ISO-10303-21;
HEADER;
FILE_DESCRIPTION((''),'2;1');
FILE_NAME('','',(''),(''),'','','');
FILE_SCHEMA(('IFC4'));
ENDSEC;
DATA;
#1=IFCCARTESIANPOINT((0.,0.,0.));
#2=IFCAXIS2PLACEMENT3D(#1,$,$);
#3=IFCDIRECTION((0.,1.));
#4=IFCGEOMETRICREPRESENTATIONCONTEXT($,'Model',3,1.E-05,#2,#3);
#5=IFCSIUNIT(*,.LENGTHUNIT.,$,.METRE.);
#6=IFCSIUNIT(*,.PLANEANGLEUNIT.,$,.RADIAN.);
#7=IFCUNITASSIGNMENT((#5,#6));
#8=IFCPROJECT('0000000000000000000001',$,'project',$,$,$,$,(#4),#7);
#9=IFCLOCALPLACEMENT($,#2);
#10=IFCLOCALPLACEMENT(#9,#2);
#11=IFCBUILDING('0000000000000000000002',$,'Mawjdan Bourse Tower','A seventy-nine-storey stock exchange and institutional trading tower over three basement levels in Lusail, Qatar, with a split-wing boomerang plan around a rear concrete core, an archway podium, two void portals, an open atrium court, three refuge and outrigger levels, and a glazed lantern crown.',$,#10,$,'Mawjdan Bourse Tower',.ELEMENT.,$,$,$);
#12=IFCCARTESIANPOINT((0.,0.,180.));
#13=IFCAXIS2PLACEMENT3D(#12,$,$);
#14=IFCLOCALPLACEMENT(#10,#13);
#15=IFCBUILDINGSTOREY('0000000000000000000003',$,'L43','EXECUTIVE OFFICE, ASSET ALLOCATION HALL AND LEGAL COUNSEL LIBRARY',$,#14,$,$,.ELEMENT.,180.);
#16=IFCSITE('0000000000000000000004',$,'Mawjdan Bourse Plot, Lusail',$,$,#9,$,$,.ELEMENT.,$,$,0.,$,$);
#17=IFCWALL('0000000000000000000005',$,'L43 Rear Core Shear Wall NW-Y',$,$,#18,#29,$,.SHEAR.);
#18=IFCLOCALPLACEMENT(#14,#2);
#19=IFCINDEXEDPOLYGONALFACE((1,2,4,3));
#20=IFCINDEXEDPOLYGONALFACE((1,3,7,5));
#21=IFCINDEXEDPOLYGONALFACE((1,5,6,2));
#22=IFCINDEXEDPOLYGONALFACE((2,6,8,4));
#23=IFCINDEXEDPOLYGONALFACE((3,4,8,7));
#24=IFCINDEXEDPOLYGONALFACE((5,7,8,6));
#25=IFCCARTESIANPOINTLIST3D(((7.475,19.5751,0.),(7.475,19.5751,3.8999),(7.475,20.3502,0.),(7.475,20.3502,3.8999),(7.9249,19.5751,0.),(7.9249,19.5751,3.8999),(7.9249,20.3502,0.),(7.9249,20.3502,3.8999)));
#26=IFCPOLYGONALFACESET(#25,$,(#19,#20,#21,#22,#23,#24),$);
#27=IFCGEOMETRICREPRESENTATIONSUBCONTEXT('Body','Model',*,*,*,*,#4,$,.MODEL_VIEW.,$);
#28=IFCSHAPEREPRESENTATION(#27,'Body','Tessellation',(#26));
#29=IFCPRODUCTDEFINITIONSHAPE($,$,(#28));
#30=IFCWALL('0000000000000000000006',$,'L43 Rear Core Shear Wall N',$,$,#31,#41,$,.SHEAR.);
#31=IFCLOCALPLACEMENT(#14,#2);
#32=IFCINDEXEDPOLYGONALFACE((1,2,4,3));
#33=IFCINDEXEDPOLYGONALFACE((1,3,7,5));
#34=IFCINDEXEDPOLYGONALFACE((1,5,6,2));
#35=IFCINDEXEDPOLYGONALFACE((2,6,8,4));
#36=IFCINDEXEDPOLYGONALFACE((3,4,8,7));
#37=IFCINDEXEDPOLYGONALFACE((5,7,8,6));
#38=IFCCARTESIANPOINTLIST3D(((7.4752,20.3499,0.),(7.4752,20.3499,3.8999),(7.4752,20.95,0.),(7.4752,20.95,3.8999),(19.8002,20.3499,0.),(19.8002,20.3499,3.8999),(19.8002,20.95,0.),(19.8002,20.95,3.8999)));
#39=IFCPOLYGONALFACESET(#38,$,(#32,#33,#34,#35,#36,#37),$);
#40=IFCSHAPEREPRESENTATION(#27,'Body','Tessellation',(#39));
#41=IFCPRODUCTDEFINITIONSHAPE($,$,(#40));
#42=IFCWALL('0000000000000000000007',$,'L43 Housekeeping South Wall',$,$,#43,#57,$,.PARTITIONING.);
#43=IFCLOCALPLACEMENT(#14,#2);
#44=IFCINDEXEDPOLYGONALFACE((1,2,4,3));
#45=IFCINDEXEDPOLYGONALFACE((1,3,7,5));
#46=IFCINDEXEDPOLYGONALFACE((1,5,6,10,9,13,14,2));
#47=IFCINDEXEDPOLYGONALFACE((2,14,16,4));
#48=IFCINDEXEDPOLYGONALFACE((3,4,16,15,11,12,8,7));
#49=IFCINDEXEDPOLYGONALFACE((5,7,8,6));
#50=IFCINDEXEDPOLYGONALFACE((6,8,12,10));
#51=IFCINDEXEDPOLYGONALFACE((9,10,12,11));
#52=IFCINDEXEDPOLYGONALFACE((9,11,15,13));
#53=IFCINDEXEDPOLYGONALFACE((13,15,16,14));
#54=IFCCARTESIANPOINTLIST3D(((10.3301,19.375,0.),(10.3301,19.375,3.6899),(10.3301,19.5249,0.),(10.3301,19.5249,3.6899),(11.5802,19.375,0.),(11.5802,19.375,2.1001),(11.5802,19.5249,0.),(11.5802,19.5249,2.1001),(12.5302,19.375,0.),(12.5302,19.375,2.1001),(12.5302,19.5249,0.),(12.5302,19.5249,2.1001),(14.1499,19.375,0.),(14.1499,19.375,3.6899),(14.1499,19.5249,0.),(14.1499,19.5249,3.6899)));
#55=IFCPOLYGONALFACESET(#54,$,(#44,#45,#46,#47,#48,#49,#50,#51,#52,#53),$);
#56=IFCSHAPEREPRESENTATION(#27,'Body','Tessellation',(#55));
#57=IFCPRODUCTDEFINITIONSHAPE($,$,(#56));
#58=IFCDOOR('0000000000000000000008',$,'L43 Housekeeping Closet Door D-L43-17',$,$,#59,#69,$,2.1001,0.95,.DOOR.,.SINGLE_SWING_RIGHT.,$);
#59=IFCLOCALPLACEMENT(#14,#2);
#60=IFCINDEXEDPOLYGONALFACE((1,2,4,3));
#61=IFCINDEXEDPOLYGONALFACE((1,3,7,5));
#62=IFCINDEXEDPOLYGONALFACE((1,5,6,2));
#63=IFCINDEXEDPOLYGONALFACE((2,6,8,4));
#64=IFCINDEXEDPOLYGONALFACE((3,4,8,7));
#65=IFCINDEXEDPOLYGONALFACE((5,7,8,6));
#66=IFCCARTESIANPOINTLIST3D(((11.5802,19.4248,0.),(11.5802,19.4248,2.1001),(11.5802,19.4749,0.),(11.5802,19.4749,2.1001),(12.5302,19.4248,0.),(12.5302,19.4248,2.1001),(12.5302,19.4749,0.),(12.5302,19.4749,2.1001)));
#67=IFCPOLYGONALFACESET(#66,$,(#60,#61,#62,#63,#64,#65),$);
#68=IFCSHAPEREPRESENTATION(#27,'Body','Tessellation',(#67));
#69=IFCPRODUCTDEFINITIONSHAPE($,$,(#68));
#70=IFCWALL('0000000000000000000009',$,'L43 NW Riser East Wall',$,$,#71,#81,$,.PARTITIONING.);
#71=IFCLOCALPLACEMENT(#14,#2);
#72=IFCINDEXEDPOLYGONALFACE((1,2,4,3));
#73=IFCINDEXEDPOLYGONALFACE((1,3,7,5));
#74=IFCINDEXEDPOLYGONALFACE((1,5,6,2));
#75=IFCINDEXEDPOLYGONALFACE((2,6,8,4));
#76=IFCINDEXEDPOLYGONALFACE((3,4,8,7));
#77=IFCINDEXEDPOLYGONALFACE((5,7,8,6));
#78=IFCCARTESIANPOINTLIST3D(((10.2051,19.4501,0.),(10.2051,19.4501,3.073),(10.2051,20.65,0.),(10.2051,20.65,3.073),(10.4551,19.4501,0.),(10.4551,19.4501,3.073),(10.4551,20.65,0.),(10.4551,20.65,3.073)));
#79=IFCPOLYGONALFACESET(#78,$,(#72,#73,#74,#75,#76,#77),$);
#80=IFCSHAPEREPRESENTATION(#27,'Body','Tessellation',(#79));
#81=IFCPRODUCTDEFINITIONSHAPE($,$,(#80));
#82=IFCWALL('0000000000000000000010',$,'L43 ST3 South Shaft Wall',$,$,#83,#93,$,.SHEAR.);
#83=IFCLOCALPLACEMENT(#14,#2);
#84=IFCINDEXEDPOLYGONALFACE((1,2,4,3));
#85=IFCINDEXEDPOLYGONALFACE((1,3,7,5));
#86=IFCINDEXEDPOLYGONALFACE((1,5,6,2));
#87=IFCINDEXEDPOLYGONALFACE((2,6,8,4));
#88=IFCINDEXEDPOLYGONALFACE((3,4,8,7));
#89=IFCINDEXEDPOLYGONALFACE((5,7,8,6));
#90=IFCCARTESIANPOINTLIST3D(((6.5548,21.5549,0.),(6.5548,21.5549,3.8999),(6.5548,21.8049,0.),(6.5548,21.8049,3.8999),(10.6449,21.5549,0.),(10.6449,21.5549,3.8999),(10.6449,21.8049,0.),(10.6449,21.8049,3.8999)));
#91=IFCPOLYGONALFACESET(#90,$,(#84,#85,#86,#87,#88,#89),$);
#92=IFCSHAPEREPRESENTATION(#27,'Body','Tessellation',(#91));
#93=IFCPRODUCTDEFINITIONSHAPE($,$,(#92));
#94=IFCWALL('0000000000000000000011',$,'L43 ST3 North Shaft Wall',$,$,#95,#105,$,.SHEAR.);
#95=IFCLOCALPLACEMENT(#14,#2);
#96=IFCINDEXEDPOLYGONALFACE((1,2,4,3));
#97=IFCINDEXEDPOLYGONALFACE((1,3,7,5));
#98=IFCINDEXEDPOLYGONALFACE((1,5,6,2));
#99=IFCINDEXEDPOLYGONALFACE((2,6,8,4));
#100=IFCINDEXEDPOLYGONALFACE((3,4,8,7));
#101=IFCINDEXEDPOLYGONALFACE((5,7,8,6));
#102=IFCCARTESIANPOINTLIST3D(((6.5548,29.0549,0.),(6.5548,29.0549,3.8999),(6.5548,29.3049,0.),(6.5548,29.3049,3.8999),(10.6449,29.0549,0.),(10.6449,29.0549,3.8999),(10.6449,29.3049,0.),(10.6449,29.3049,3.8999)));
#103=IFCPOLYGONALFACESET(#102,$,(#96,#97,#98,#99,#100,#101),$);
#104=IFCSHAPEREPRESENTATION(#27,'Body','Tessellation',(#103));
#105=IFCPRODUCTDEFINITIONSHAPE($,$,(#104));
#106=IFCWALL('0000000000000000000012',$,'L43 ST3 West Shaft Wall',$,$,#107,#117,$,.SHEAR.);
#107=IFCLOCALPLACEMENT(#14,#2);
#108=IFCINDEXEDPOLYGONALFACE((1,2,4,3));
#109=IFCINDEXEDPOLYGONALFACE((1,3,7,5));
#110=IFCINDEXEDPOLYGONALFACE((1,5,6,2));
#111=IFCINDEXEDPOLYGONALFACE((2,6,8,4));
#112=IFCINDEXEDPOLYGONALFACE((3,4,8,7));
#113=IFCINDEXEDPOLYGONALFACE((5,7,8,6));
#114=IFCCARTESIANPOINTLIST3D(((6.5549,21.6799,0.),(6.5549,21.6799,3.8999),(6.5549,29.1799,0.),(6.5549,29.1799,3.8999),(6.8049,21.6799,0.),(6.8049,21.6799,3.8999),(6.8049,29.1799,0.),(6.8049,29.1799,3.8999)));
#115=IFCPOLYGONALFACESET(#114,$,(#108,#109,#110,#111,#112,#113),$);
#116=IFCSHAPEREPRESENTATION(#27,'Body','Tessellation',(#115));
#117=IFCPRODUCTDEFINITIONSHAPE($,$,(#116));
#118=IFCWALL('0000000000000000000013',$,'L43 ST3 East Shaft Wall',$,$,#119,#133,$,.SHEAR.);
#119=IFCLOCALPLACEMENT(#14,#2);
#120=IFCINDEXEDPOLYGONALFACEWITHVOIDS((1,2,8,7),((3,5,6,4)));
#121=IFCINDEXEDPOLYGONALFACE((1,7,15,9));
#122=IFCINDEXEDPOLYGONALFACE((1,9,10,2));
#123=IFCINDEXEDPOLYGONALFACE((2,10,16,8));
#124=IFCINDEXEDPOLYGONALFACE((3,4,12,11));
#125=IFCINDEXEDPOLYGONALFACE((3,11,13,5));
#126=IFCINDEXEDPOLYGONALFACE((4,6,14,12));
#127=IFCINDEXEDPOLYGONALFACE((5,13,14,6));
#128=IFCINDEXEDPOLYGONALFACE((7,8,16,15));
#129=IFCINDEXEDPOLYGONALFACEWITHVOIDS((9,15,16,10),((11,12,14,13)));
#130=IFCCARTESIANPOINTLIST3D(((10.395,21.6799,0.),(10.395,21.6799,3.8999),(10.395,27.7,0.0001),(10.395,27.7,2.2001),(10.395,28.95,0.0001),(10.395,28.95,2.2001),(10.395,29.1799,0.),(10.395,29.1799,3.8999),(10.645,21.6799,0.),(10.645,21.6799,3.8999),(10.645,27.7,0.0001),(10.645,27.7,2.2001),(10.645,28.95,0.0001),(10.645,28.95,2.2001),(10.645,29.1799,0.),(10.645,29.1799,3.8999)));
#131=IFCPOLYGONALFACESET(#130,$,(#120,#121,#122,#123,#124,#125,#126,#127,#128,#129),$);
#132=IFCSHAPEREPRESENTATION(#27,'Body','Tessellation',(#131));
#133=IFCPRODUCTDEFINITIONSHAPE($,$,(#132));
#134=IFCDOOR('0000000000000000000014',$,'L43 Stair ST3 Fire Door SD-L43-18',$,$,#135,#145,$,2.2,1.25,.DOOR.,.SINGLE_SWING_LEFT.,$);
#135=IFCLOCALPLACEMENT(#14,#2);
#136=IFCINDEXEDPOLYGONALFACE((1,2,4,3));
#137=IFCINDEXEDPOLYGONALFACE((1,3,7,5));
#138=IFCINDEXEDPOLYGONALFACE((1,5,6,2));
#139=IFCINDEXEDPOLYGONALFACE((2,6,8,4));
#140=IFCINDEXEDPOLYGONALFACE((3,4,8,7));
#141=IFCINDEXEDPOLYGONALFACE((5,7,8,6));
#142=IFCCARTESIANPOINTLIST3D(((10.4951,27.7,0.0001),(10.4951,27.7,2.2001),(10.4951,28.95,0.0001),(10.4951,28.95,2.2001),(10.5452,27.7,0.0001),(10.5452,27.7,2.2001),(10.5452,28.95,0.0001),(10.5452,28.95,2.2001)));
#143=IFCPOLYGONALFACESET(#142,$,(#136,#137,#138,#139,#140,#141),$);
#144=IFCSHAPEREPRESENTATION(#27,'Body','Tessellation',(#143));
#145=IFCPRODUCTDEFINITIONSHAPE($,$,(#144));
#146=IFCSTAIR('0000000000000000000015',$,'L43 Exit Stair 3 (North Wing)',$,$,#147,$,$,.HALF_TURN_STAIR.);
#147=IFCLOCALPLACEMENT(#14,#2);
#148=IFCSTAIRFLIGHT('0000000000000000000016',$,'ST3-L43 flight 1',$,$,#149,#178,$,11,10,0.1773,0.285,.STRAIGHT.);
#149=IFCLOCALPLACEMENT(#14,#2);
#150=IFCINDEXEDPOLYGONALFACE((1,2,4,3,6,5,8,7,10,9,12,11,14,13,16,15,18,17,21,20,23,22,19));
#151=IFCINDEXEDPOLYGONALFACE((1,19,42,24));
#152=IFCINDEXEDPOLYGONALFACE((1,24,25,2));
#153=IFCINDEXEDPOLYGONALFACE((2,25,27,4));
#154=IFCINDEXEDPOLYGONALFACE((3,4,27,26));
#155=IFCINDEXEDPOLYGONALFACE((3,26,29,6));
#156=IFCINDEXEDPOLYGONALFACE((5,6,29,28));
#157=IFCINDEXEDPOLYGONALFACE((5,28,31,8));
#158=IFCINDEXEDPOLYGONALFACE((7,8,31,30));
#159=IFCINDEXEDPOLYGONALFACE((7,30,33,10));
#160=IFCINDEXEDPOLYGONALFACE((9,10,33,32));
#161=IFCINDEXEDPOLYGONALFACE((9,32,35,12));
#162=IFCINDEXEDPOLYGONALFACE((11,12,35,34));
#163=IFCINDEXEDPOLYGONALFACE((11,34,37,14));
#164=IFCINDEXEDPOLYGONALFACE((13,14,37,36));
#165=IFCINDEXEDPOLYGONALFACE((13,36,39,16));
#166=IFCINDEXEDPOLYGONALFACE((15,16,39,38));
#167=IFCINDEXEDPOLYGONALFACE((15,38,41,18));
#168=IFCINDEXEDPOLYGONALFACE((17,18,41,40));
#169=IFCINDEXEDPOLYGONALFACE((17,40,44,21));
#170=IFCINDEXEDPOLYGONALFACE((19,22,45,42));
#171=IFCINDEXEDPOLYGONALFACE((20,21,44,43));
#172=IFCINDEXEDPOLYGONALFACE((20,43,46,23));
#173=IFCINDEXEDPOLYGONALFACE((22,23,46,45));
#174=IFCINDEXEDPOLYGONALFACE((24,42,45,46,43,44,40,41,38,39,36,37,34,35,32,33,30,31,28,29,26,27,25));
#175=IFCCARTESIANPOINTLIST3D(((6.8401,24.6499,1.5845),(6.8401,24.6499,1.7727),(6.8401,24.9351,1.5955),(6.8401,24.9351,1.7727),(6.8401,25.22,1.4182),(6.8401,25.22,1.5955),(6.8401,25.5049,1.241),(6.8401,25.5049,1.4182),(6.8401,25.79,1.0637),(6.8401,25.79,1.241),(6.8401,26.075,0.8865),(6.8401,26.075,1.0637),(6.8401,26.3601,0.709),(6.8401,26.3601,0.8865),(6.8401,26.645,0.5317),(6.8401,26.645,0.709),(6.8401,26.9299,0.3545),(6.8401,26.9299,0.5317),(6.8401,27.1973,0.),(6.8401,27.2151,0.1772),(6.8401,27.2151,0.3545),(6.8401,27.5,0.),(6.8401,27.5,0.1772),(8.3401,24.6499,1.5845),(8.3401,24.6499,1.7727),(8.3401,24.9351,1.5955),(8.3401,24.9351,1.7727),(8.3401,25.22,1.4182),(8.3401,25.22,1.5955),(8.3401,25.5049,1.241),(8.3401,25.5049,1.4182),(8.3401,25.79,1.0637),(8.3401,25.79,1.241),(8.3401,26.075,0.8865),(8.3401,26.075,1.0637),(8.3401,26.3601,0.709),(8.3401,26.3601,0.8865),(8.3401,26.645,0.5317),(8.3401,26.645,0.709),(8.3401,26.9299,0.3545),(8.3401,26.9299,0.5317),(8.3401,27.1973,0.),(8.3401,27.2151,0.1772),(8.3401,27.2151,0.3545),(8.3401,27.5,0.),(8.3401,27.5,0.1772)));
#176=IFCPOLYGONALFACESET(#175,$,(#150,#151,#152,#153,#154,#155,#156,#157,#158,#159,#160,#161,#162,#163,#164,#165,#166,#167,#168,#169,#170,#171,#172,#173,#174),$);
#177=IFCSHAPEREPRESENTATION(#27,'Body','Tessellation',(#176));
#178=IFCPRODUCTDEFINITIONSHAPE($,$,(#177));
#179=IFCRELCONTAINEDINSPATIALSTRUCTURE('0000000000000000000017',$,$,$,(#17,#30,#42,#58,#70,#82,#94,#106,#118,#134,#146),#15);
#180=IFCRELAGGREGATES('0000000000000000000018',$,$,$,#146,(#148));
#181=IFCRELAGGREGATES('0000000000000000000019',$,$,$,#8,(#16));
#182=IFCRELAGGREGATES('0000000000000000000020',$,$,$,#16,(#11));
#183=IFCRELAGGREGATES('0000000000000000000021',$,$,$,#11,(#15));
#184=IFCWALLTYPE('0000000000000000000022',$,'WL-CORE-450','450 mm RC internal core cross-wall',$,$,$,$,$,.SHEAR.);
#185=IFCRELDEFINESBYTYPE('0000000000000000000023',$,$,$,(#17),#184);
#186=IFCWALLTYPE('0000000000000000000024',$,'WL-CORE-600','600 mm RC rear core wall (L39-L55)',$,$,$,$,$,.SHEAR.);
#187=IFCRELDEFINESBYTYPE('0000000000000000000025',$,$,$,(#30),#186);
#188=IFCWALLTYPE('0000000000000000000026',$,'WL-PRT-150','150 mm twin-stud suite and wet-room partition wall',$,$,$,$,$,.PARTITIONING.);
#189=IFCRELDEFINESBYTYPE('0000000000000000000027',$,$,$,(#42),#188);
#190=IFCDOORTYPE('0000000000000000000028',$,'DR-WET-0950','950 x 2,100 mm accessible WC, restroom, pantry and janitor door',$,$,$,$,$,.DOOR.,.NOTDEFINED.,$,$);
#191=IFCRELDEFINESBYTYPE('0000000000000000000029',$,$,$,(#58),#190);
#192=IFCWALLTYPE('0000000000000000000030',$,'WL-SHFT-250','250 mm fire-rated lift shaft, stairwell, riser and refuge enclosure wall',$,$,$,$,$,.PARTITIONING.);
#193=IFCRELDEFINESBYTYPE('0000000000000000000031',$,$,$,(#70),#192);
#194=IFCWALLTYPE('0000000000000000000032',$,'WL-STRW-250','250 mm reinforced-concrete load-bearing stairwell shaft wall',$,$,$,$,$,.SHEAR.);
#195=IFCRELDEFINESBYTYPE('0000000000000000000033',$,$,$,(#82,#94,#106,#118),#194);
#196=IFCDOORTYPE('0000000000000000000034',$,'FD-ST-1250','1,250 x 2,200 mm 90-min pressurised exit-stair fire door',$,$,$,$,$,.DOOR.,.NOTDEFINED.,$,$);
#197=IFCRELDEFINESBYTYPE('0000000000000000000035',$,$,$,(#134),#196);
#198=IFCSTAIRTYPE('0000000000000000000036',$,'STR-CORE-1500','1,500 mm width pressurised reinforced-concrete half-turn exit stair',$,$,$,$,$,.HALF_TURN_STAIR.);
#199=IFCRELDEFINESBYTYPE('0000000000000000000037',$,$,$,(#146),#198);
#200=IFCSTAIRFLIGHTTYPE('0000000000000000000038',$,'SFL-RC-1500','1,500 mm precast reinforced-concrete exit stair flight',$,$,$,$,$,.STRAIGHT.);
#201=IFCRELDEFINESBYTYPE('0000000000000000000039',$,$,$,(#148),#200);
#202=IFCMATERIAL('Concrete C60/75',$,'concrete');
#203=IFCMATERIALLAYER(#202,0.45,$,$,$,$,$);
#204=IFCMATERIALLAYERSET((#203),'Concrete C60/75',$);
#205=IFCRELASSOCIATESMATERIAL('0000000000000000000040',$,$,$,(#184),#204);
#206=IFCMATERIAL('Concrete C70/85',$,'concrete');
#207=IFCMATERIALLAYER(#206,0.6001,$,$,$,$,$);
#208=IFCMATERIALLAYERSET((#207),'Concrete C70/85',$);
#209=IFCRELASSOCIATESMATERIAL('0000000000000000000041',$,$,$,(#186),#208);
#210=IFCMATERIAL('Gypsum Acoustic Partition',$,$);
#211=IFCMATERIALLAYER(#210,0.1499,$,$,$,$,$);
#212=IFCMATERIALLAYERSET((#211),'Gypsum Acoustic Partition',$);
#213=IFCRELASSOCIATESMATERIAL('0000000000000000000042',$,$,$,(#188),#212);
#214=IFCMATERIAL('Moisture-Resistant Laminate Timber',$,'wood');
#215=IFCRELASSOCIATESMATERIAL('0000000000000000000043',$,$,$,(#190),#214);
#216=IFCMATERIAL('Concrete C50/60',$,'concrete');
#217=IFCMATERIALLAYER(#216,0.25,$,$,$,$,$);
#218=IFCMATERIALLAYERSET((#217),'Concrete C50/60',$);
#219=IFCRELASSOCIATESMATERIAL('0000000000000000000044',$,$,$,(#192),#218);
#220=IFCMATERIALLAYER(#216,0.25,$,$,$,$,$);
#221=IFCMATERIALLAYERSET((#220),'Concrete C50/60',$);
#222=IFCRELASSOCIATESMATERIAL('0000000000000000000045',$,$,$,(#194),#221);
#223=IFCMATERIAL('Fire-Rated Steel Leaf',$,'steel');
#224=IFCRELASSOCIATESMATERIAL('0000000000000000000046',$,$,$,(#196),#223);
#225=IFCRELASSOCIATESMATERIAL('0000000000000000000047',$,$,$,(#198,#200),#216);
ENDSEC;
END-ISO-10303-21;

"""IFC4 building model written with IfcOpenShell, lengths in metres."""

from ifc_helpers import new_model, si_unit, direction, frame, frame_2d, origin, place, context, subcontext, project, spatial, polyline, rectangle, outline, extrude, material, layer, layer_set, type_object, element, fill, aggregate, save


model = new_model("IFC4")

# Units and contexts
model_context = context("Model", 3, precision=1e-05, world=origin(), true_north=direction((0.0, 1.0)))
body_context = subcontext(model_context, "Body", "Model", "MODEL_VIEW")
ifc_project = project(units=[si_unit("LENGTHUNIT", "METRE"), si_unit("PLANEANGLEUNIT", "RADIAN")], contexts=[model_context])

# Site, building, storey
site_placement = place(None, origin())
site = spatial("IfcSite", under=ifc_project, at=site_placement, Name="Mawjdan Bourse Plot, Lusail", CompositionType="ELEMENT", RefElevation=0.0)
building_placement = place(site_placement, origin())
building = spatial("IfcBuilding", under=site, at=building_placement, Name="Mawjdan Bourse Tower", Description="A seventy-nine-storey stock exchange and institutional trading tower over three basement levels in Lusail, Qatar, with a split-wing boomerang plan around a rear concrete core, an archway podium, two void portals, an open atrium court, three refuge and outrigger levels, and a glazed lantern crown.", LongName="Mawjdan Bourse Tower", CompositionType="ELEMENT")
storey_placement = place(building_placement, frame((0.0, 0.0, 180.0)))
storey = spatial("IfcBuildingStorey", under=building, at=storey_placement, Name="L43", Description="EXECUTIVE OFFICE, ASSET ALLOCATION HALL AND LEGAL COUNSEL LIBRARY", CompositionType="ELEMENT", Elevation=180.0)

# Shared definitions
ifc_material_1 = material(Name="Concrete C70/85", Category="concrete")

# Walls
ifc_material_2 = material(Name="Concrete C60/75", Category="concrete")
ifc_layer_1 = layer(ifc_material_2, 0.45)
ifc_layer_set_1 = layer_set([ifc_layer_1], Name="Concrete C60/75")
wall_type_1 = type_object("IfcWallType", Name="WL-CORE-450", Description="450 mm RC internal core cross-wall", PredefinedType="SHEAR", material=ifc_layer_set_1)
wall_1_placement = place(storey_placement, frame((7.7, 19.575, 0.0), z_axis=(0.0, 0.0, 1.0), x_axis=(0.0, 1.0, 0.0)))
element("IfcWall", 1, at=wall_1_placement, inside=storey, type_object=wall_type_1, Name="L43 Rear Core Shear Wall NW-Y", PredefinedType="SHEAR", context=body_context, shape_type="SweptSolid", body=[
    extrude(rectangle(XDim=0.7751, YDim=0.45, at=frame_2d((0.3877, 0.0))), origin(), (0.0, 0.0, 1.0), 3.8999),
])
ifc_layer_2 = layer(ifc_material_1, 0.6001)
ifc_layer_set_2 = layer_set([ifc_layer_2], Name="Concrete C70/85")
wall_type_2 = type_object("IfcWallType", Name="WL-CORE-600", Description="600 mm RC rear core wall (L39-L55)", PredefinedType="SHEAR", material=ifc_layer_set_2)
wall_2_placement = place(storey_placement, frame((7.4751, 20.6499, 0.0), z_axis=(0.0, 0.0, 1.0), x_axis=(1.0, 0.0, 0.0)))
element("IfcWall", 2, at=wall_2_placement, inside=storey, type_object=wall_type_2, Name="L43 Rear Core Shear Wall N", PredefinedType="SHEAR", context=body_context, shape_type="SweptSolid", body=[
    extrude(rectangle(XDim=12.325, YDim=0.6001, at=frame_2d((6.1626, 0.0))), origin(), (0.0, 0.0, 1.0), 3.8999),
])

# Wall, opening, door
ifc_material_3 = material(Name="Gypsum Acoustic Partition")
ifc_layer_3 = layer(ifc_material_3, 0.1499)
ifc_layer_set_3 = layer_set([ifc_layer_3], Name="Gypsum Acoustic Partition")
wall_type_3 = type_object("IfcWallType", Name="WL-PRT-150", Description="150 mm twin-stud suite and wet-room partition wall", PredefinedType="PARTITIONING", material=ifc_layer_set_3)
wall_3_placement = place(storey_placement, frame((10.3301, 19.45, 0.0), z_axis=(0.0, 0.0, 1.0), x_axis=(1.0, 0.0, 0.0)))
wall_3 = element("IfcWall", 3, at=wall_3_placement, inside=storey, type_object=wall_type_3, Name="L43 Housekeeping South Wall", PredefinedType="PARTITIONING", context=body_context, shape_type="SweptSolid", body=[
    extrude(rectangle(XDim=3.8198, YDim=0.1499, at=frame_2d((1.9099, 0.0))), origin(), (0.0, 0.0, 1.0), 3.6899),
])
opening_1_placement = place(wall_3_placement, frame((1.25, 0.0, 0.0)))
opening_1 = element("IfcOpeningElement", 4, at=opening_1_placement, cuts=wall_3, PredefinedType="OPENING", context=body_context, shape_type="SweptSolid", body=[
    extrude(rectangle(XDim=0.95, YDim=2.1001, at=frame_2d((0.4751, 1.05))), frame((0.0, 0.085, 0.0), z_axis=(0.0, -1.0, 0.0), x_axis=(1.0, 0.0, 0.0)), (0.0, 0.0, 1.0), 0.1699),
])
ifc_material_4 = material(Name="Moisture-Resistant Laminate Timber", Category="wood")
door_type_1 = type_object("IfcDoorType", Name="DR-WET-0950", Description="950 x 2,100 mm accessible WC, restroom, pantry and janitor door", OperationType="NOTDEFINED", PredefinedType="DOOR", material=ifc_material_4)
door_1_placement = place(opening_1_placement, origin())
door_1 = element("IfcDoor", 5, at=door_1_placement, inside=storey, type_object=door_type_1, Name="L43 Housekeeping Closet Door D-L43-17", OperationType="SINGLE_SWING_RIGHT", OverallHeight=2.1001, OverallWidth=0.95, PredefinedType="DOOR", context=body_context, shape_type="SweptSolid", body=[
    extrude(rectangle(XDim=0.95, YDim=2.1001, at=frame_2d((0.4751, 1.05))), frame((0.0, 0.0249, 0.0), z_axis=(0.0, -1.0, 0.0), x_axis=(1.0, 0.0, 0.0)), (0.0, 0.0, 1.0), 0.05),
])
fill(opening_1, door_1)

# Walls
ifc_material_5 = material(Name="Concrete C50/60", Category="concrete")
ifc_layer_4 = layer(ifc_material_5, 0.25)
ifc_layer_set_4 = layer_set([ifc_layer_4], Name="Concrete C50/60")
wall_type_4 = type_object("IfcWallType", Name="WL-SHFT-250", Description="250 mm fire-rated lift shaft, stairwell, riser and refuge enclosure wall", PredefinedType="PARTITIONING", material=ifc_layer_set_4)
wall_4_placement = place(storey_placement, frame((10.3301, 19.45, 0.0), z_axis=(0.0, 0.0, 1.0), x_axis=(0.0, 1.0, 0.0)))
element("IfcWall", 6, at=wall_4_placement, inside=storey, type_object=wall_type_4, Name="L43 NW Riser East Wall", PredefinedType="PARTITIONING", context=body_context, shape_type="SweptSolid", body=[
    extrude(rectangle(XDim=1.2, YDim=0.25, at=frame_2d((0.6001, 0.0))), origin(), (0.0, 0.0, 1.0), 3.073),
])
ifc_layer_5 = layer(ifc_material_5, 0.25)
ifc_layer_set_5 = layer_set([ifc_layer_5], Name="Concrete C50/60")
wall_type_5 = type_object("IfcWallType", Name="WL-STRW-250", Description="250 mm reinforced-concrete load-bearing stairwell shaft wall", PredefinedType="SHEAR", material=ifc_layer_set_5)
for number, where, z_axis, x_axis, name in (
    (7, (6.5549, 21.6799, 0.0), (0.0, 0.0, 1.0), (1.0, 0.0, 0.0), "L43 ST3 South Shaft Wall"),
    (8, (6.5549, 29.1799, 0.0), (0.0, 0.0, 1.0), (1.0, 0.0, 0.0), "L43 ST3 North Shaft Wall"),
):
    element("IfcWall", number, at=place(storey_placement, frame(where, z_axis=z_axis, x_axis=x_axis)), inside=storey, type_object=wall_type_5, Name=name, PredefinedType="SHEAR", context=body_context, shape_type="SweptSolid", body=[
        extrude(rectangle(XDim=4.0901, YDim=0.25, at=frame_2d((2.0449, 0.0))), origin(), (0.0, 0.0, 1.0), 3.8999),
    ])
wall_5_placement = place(storey_placement, frame((6.6799, 21.6799, 0.0), z_axis=(0.0, 0.0, 1.0), x_axis=(0.0, 1.0, 0.0)))
element("IfcWall", 9, at=wall_5_placement, inside=storey, type_object=wall_type_5, Name="L43 ST3 West Shaft Wall", PredefinedType="SHEAR", context=body_context, shape_type="SweptSolid", body=[
    extrude(rectangle(XDim=7.5, YDim=0.25, at=frame_2d((3.75, 0.0))), origin(), (0.0, 0.0, 1.0), 3.8999),
])

# Wall, opening, door
wall_6_placement = place(storey_placement, frame((10.52, 21.6799, 0.0), z_axis=(0.0, 0.0, 1.0), x_axis=(0.0, 1.0, 0.0)))
wall_6 = element("IfcWall", 10, at=wall_6_placement, inside=storey, type_object=wall_type_5, Name="L43 ST3 East Shaft Wall", PredefinedType="SHEAR", context=body_context, shape_type="SweptSolid", body=[
    extrude(rectangle(XDim=7.5, YDim=0.25, at=frame_2d((3.75, 0.0))), origin(), (0.0, 0.0, 1.0), 3.8999),
])
opening_2_placement = place(wall_6_placement, frame((6.02, 0.0, 0.0)))
opening_2 = element("IfcOpeningElement", 11, at=opening_2_placement, cuts=wall_6, PredefinedType="OPENING", context=body_context, shape_type="SweptSolid", body=[
    extrude(rectangle(XDim=1.25, YDim=2.2, at=frame_2d((0.625, 1.1001))), frame((0.0, 0.135, 0.0), z_axis=(0.0, -1.0, 0.0), x_axis=(1.0, 0.0, 0.0)), (0.0, 0.0, 1.0), 0.27),
])
ifc_material_6 = material(Name="Fire-Rated Steel Leaf", Category="steel")
door_type_2 = type_object("IfcDoorType", Name="FD-ST-1250", Description="1,250 x 2,200 mm 90-min pressurised exit-stair fire door", OperationType="NOTDEFINED", PredefinedType="DOOR", material=ifc_material_6)
door_2_placement = place(opening_2_placement, origin())
door_2 = element("IfcDoor", 12, at=door_2_placement, inside=storey, type_object=door_type_2, Name="L43 Stair ST3 Fire Door SD-L43-18", OperationType="SINGLE_SWING_LEFT", OverallHeight=2.2, OverallWidth=1.25, PredefinedType="DOOR", context=body_context, shape_type="SweptSolid", body=[
    extrude(rectangle(XDim=1.25, YDim=2.2, at=frame_2d((0.625, 1.1001))), frame((0.0, 0.0249, 0.0), z_axis=(0.0, -1.0, 0.0), x_axis=(1.0, 0.0, 0.0)), (0.0, 0.0, 1.0), 0.05),
])
fill(opening_2, door_2)

# Stair, stair flight
stair_type = type_object("IfcStairType", Name="STR-CORE-1500", Description="1,500 mm width pressurised reinforced-concrete half-turn exit stair", PredefinedType="HALF_TURN_STAIR", material=ifc_material_5)
stair_placement = place(storey_placement, origin())
stair = element("IfcStair", 13, at=stair_placement, inside=storey, type_object=stair_type, Name="L43 Exit Stair 3 (North Wing)", PredefinedType="HALF_TURN_STAIR")
stair_flight_type = type_object("IfcStairFlightType", Name="SFL-RC-1500", Description="1,500 mm precast reinforced-concrete exit stair flight", PredefinedType="STRAIGHT", material=ifc_material_5)
stair_flight_1_placement = place(storey_placement, frame((7.5901, 27.5, 0.0), z_axis=(0.0, 0.0, 1.0), x_axis=(0.0, -1.0, 0.0)))
stair_flight_1 = element("IfcStairFlight", 14, at=stair_flight_1_placement, type_object=stair_flight_type, Name="ST3-L43 flight 1", NumberOfRisers=11, NumberOfTreads=10, PredefinedType="STRAIGHT", RiserHeight=0.1773, TreadLength=0.285, context=body_context, shape_type="SweptSolid", body=[
    extrude(outline(polyline([(0.0, 0.0), (0.0, 0.1772), (0.2849, 0.1772), (0.2849, 0.3545), (0.5701, 0.3545), (0.5701, 0.5317), (0.855, 0.5317), (0.855, 0.709), (1.1399, 0.709), (1.1399, 0.8865), (1.425, 0.8865), (1.425, 1.0637), (1.71, 1.0637), (1.71, 1.241), (1.9951, 1.241), (1.9951, 1.4182), (2.28, 1.4182), (2.28, 1.5955), (2.5649, 1.5955), (2.5649, 1.7727), (2.8501, 1.7727), (2.8501, 1.95), (2.8501, 1.5845), (0.3027, 0.0), (0.0, 0.0)])), frame((0.0, 0.75, 0.0), z_axis=(0.0, -1.0, 0.0), x_axis=(1.0, 0.0, 0.0)), (0.0, 0.0, 1.0), 1.5),
])
aggregate(stair, [stair_flight_1])

save(model, "model.ifc")
